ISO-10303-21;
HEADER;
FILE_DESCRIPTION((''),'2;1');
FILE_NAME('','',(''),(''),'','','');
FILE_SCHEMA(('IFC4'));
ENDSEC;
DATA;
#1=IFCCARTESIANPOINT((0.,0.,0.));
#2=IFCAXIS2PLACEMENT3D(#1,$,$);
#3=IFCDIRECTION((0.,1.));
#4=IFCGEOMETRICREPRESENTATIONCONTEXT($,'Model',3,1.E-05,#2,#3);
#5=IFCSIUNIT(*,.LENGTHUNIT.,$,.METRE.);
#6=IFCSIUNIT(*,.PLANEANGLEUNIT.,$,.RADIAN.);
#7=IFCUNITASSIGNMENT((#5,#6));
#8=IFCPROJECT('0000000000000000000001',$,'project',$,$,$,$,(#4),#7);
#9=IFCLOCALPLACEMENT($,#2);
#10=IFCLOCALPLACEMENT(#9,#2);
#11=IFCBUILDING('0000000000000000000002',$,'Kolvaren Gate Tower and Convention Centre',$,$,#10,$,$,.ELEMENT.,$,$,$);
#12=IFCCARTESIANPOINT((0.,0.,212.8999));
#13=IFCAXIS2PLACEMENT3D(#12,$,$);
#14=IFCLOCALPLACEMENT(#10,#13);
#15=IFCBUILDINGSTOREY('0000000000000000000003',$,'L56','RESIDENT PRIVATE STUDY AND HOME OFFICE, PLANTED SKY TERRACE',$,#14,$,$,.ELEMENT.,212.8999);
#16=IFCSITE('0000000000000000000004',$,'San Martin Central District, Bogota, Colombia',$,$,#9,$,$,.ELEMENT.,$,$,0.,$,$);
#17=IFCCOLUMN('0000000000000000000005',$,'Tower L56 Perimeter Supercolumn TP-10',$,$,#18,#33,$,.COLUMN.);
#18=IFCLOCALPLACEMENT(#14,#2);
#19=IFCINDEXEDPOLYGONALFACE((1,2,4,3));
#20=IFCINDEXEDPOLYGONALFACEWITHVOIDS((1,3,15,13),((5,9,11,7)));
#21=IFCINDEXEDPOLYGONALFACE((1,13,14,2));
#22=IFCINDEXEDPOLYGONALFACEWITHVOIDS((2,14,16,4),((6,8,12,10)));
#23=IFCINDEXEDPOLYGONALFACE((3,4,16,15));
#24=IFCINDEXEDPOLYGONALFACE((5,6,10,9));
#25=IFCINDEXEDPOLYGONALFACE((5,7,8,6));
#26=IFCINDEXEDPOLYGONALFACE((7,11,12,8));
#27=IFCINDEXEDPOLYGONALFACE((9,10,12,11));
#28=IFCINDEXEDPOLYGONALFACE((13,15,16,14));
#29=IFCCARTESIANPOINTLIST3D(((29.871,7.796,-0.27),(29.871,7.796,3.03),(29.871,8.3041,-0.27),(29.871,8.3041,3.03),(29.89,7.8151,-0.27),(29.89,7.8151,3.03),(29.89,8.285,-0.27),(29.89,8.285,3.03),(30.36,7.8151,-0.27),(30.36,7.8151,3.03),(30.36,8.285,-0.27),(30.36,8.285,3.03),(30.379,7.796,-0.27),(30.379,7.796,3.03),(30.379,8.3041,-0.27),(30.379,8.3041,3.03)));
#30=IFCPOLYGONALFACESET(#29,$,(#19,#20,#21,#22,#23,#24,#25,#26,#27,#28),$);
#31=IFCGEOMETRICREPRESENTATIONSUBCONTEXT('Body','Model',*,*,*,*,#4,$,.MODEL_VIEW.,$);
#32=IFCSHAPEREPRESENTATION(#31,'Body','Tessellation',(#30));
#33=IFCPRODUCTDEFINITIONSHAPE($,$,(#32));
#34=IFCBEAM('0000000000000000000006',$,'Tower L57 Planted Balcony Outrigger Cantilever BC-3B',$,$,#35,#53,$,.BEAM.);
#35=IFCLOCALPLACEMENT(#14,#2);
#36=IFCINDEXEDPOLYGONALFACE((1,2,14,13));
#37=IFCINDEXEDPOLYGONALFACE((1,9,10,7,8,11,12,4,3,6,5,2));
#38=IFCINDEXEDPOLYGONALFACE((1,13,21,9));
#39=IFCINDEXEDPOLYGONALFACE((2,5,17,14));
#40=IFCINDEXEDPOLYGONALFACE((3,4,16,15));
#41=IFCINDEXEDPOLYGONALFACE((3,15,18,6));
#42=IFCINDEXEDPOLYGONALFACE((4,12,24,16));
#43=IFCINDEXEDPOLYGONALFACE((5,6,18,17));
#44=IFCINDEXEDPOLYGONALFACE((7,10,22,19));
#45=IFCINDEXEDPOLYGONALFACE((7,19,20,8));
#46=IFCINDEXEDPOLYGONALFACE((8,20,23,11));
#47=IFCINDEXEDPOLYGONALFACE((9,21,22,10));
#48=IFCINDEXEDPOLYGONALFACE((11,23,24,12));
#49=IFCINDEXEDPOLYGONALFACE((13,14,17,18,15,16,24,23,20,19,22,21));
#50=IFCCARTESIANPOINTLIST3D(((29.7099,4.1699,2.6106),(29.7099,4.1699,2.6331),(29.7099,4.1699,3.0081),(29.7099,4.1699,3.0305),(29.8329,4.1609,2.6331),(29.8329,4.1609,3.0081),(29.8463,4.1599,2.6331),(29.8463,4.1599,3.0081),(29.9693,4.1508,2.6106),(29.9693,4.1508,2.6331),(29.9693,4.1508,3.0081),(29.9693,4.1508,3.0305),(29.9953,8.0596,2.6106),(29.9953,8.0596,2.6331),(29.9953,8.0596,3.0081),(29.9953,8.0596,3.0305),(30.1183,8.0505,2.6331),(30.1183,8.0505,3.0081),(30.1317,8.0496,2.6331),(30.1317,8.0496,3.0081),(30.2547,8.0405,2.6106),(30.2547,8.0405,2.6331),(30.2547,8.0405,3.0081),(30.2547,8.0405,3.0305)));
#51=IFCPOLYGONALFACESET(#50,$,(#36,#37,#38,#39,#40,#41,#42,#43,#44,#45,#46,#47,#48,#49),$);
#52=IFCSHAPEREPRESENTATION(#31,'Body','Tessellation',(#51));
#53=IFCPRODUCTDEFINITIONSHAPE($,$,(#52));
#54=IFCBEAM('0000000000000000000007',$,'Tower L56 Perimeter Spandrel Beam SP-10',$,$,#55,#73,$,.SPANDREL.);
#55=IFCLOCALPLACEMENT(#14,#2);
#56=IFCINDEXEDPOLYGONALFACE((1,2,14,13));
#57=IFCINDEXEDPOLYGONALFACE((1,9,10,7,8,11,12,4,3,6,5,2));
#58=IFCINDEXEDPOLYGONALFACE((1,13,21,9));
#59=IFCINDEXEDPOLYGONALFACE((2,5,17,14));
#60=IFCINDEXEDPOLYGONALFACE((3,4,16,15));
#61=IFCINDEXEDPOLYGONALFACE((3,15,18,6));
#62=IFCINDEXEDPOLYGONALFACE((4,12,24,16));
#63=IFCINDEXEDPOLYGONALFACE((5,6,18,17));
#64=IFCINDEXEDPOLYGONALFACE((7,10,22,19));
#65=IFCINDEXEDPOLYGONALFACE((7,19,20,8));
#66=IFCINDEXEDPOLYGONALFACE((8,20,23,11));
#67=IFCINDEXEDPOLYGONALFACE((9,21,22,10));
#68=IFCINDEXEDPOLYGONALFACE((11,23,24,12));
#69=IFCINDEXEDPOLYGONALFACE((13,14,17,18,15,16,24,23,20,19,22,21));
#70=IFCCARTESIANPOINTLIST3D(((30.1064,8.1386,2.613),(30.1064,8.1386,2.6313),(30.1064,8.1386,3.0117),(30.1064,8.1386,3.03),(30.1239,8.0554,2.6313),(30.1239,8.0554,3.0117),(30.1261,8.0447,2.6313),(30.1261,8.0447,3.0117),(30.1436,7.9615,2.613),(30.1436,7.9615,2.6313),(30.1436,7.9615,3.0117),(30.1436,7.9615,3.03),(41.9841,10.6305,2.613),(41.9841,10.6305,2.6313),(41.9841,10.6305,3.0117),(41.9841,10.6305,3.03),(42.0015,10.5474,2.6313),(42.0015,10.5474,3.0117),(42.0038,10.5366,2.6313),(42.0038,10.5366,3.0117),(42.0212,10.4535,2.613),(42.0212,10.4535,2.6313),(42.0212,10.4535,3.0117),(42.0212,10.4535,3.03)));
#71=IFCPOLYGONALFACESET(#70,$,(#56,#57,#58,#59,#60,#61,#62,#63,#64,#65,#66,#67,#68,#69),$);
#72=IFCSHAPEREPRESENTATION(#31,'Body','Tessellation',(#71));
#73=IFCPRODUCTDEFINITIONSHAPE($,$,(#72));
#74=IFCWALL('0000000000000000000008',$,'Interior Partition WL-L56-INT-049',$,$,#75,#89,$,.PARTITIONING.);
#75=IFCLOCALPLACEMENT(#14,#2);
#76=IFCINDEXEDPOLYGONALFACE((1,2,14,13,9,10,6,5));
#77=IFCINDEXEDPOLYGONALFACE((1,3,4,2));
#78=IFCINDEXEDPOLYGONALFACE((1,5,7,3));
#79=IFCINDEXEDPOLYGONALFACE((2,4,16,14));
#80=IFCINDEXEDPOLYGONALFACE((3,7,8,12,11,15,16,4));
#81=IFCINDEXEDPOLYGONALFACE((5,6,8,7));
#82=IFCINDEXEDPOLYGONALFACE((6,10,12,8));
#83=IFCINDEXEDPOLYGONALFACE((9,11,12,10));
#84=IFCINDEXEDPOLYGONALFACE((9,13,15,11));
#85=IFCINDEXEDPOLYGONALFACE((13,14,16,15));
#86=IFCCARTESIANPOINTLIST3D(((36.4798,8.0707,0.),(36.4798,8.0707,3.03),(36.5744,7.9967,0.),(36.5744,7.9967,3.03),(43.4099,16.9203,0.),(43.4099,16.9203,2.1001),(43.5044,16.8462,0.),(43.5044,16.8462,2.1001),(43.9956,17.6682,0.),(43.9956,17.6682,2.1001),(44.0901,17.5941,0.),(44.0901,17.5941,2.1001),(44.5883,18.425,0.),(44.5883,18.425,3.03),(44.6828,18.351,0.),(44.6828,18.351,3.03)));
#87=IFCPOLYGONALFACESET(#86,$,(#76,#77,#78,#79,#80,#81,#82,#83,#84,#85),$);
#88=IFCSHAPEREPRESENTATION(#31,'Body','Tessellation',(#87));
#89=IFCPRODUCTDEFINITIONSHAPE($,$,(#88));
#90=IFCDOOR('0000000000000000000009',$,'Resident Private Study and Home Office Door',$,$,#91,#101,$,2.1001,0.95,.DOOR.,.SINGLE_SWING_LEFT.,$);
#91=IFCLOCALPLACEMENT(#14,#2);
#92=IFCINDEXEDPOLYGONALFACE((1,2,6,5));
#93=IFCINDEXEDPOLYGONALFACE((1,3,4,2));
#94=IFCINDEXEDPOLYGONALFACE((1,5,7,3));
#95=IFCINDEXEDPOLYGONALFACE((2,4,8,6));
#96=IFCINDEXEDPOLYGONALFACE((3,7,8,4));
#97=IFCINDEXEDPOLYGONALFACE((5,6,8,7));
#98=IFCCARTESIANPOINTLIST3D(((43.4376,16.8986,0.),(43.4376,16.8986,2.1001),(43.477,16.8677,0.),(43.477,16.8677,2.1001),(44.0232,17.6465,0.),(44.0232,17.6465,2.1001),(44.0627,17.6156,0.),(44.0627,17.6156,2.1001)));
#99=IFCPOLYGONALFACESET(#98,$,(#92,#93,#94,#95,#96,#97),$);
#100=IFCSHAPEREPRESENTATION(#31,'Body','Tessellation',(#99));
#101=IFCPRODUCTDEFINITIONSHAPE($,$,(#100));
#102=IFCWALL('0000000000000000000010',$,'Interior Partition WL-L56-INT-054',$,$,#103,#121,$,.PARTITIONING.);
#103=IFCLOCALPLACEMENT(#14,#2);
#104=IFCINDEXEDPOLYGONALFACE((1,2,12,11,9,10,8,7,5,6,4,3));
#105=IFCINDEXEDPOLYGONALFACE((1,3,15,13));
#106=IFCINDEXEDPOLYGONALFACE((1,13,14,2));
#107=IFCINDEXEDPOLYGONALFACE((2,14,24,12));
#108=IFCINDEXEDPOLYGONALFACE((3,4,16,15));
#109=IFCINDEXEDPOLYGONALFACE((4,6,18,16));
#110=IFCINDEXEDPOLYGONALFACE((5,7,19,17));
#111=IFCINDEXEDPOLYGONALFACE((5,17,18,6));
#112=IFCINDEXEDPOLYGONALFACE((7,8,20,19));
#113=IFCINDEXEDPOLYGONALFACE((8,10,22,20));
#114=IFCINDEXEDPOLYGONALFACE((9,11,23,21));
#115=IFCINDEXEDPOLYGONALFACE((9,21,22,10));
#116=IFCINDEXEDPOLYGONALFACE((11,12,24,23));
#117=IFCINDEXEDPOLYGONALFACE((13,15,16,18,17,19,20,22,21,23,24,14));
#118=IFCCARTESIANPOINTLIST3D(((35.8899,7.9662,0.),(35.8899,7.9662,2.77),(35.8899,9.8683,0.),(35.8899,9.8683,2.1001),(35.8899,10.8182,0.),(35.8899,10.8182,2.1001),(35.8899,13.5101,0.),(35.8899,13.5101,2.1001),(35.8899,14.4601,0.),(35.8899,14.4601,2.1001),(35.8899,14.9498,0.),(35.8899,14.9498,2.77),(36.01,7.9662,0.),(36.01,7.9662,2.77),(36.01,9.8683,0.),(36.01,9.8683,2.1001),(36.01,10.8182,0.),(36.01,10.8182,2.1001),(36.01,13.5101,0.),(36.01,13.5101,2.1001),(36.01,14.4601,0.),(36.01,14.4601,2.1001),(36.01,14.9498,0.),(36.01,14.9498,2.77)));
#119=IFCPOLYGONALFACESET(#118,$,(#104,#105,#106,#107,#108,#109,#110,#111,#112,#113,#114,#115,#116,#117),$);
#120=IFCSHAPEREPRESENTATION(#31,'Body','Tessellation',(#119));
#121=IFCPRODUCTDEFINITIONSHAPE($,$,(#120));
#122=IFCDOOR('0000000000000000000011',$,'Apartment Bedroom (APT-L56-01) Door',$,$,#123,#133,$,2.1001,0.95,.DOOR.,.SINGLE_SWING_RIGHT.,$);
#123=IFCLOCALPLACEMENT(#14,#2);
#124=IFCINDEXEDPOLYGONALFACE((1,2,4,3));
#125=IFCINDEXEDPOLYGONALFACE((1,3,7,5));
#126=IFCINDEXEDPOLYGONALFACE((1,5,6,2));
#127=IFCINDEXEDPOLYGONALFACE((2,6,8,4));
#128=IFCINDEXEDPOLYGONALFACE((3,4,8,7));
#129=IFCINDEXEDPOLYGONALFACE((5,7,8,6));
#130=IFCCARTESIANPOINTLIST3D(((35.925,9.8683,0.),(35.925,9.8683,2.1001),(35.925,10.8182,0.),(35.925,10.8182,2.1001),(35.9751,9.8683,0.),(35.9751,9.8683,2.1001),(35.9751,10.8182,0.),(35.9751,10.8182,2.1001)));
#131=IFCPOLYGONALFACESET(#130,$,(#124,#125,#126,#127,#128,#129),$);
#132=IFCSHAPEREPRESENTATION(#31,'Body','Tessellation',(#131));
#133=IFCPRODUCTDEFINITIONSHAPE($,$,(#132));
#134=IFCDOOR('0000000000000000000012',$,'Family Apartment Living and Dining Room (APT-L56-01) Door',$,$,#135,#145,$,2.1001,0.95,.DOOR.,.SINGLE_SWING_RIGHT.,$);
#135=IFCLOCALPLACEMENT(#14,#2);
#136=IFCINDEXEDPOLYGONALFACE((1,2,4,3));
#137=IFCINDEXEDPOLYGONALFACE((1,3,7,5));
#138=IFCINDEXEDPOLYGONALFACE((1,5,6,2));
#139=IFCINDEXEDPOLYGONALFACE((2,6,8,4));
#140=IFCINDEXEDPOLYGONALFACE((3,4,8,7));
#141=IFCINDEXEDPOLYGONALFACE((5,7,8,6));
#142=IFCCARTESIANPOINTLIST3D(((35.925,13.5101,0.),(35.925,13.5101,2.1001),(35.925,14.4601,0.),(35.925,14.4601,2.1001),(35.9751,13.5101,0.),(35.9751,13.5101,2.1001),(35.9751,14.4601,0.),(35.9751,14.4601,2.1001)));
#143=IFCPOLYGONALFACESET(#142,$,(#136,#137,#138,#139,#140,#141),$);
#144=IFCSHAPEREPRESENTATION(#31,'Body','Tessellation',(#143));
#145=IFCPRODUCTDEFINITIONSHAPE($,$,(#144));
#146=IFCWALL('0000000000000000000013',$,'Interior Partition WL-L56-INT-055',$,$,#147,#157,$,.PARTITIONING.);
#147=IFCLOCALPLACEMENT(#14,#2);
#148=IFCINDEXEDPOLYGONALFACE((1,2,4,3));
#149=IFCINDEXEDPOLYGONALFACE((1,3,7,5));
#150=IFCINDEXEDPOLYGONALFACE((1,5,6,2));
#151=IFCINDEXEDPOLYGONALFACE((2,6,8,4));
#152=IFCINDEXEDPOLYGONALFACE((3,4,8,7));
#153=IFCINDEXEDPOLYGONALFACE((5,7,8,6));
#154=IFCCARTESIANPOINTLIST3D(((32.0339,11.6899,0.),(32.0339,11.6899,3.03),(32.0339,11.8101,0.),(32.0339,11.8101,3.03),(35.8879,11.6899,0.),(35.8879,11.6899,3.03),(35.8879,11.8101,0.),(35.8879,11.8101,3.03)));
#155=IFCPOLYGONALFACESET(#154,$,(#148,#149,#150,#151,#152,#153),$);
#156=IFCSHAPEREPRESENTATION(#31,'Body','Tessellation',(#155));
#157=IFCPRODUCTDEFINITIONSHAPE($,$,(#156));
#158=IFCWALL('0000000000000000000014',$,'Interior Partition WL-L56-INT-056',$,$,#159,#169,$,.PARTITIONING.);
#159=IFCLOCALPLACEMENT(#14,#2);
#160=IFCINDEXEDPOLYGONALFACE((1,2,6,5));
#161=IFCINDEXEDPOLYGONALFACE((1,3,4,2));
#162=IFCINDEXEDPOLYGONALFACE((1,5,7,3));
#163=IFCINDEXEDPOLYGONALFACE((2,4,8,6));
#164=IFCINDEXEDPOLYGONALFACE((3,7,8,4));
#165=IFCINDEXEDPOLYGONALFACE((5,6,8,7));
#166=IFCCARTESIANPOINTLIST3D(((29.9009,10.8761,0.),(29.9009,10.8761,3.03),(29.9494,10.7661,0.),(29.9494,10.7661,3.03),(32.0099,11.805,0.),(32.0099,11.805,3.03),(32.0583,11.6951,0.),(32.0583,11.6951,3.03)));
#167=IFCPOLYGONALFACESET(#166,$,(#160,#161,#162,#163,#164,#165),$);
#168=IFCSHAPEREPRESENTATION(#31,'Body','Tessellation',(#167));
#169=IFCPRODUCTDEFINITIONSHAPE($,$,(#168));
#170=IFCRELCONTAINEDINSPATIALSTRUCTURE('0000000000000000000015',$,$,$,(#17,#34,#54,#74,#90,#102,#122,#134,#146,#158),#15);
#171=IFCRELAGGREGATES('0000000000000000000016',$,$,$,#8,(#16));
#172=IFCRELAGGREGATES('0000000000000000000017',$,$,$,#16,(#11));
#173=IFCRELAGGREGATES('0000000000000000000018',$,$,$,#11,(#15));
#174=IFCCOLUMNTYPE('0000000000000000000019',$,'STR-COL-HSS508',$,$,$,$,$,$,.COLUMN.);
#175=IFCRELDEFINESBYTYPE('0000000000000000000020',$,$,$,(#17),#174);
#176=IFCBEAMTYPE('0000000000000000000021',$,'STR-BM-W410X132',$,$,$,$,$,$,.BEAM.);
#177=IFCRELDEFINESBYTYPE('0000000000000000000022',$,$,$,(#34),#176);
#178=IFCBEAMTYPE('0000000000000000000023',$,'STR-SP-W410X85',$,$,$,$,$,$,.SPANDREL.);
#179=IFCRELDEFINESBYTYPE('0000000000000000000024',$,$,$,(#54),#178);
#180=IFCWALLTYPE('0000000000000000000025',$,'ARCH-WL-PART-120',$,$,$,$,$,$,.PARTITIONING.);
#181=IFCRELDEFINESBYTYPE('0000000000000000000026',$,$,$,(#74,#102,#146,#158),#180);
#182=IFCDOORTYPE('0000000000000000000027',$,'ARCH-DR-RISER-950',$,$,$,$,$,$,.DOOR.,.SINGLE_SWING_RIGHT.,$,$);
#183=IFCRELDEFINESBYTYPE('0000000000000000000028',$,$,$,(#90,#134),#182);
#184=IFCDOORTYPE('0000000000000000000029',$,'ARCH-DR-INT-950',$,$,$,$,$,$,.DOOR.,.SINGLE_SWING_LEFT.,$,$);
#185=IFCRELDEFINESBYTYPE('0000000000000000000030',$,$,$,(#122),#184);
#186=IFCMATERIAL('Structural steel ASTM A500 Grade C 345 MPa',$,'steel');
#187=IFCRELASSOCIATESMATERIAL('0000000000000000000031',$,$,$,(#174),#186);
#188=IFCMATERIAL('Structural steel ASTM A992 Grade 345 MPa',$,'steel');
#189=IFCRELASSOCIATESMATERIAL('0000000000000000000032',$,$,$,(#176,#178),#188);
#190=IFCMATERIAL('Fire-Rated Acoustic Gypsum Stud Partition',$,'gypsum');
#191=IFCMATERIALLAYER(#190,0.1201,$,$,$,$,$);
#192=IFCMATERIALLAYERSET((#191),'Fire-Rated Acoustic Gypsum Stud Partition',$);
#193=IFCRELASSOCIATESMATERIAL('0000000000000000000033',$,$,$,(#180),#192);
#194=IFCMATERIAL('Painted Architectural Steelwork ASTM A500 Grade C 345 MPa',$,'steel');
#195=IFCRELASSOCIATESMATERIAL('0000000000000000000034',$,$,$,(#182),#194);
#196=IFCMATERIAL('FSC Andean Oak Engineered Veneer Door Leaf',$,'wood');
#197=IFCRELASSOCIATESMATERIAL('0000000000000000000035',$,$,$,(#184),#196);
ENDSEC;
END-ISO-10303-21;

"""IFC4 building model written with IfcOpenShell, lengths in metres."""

from ifc_helpers import new_model, si_unit, direction, frame, frame_2d, origin, origin_2d, place, context, subcontext, project, spatial, rectangle, hollow_rectangle, i_section, extrude, material, layer, layer_set, material_profile, profile_set, type_object, element, fill, save


model = new_model("IFC4")

# Units and contexts
model_context = context("Model", 3, precision=1e-05, world=origin(), true_north=direction((0.0, 1.0)))
body_context = subcontext(model_context, "Body", "Model", "MODEL_VIEW")
ifc_project = project(units=[si_unit("LENGTHUNIT", "METRE"), si_unit("PLANEANGLEUNIT", "RADIAN")], contexts=[model_context])

# Site, building, storey
site_placement = place(None, origin())
site = spatial("IfcSite", under=ifc_project, at=site_placement, Name="San Martin Central District, Bogota, Colombia", CompositionType="ELEMENT", RefElevation=0.0)
building_placement = place(site_placement, origin())
building = spatial("IfcBuilding", under=site, at=building_placement, Name="Kolvaren Gate Tower and Convention Centre", CompositionType="ELEMENT")
storey_placement = place(building_placement, frame((0.0, 0.0, 212.8999)))
storey = spatial("IfcBuildingStorey", under=building, at=storey_placement, Name="L56", Description="RESIDENT PRIVATE STUDY AND HOME OFFICE, PLANTED SKY TERRACE", CompositionType="ELEMENT", Elevation=212.8999)

# Column
ifc_material_1 = material(Name="Structural steel ASTM A500 Grade C 345 MPa", Category="steel")
ifc_material_profile_1 = material_profile(ifc_material_1, hollow_rectangle(XDim=0.5081, YDim=0.5081, WallThickness=0.019, at=origin_2d()), Name="HSS508X508X19.1")
ifc_profile_set_1 = profile_set([ifc_material_profile_1], Name="Structural steel ASTM A500 Grade C 345 MPa")
column_type = type_object("IfcColumnType", Name="STR-COL-HSS508", PredefinedType="COLUMN", material=ifc_profile_set_1)
column_placement = place(storey_placement, frame((30.125, 8.05, -0.27), z_axis=(0.0, 0.0, 1.0), x_axis=(1.0, 0.0, 0.0)))
element("IfcColumn", 1, at=column_placement, inside=storey, type_object=column_type, Name="Tower L56 Perimeter Supercolumn TP-10", PredefinedType="COLUMN", context=body_context, shape_type="SweptSolid", body=[
    extrude(hollow_rectangle(XDim=0.5081, YDim=0.5081, WallThickness=0.019, at=origin_2d()), origin(), (0.0, 0.0, 1.0), 3.3),
])

# Beams
ifc_material_2 = material(Name="Structural steel ASTM A992 Grade 345 MPa", Category="steel")
ifc_material_profile_2 = material_profile(ifc_material_2, i_section(OverallWidth=0.26, OverallDepth=0.4199, WebThickness=0.0134, FlangeThickness=0.0225, at=origin_2d()), Name="W410X132")
ifc_profile_set_2 = profile_set([ifc_material_profile_2], Name="Structural steel ASTM A992 Grade 345 MPa")
beam_type_1 = type_object("IfcBeamType", Name="STR-BM-W410X132", PredefinedType="BEAM", material=ifc_profile_set_2)
beam_1_placement = place(storey_placement, frame((30.125, 8.05, 2.8206), z_axis=(-0.073178, -0.997319, 0.0), x_axis=(0.997319, -0.073178, 0.0)))
element("IfcBeam", 2, at=beam_1_placement, inside=storey, type_object=beam_type_1, Name="Tower L57 Planted Balcony Outrigger Cantilever BC-3B", PredefinedType="BEAM", context=body_context, shape_type="SweptSolid", body=[
    extrude(i_section(OverallWidth=0.26, OverallDepth=0.4199, WebThickness=0.0134, FlangeThickness=0.0225, at=origin_2d()), origin(), (0.0, 0.0, 1.0), 3.9001),
])
ifc_material_profile_3 = material_profile(ifc_material_2, i_section(OverallWidth=0.1809, OverallDepth=0.417, WebThickness=0.011, FlangeThickness=0.0183, at=origin_2d()), Name="W410X85")
ifc_profile_set_3 = profile_set([ifc_material_profile_3], Name="Structural steel ASTM A992 Grade 345 MPa")
beam_type_2 = type_object("IfcBeamType", Name="STR-SP-W410X85", PredefinedType="SPANDREL", material=ifc_profile_set_3)
beam_2_placement = place(storey_placement, frame((30.125, 8.05, 2.8215), z_axis=(0.978693, 0.20533, 0.0), x_axis=(-0.20533, 0.978693, 0.0)))
element("IfcBeam", 3, at=beam_2_placement, inside=storey, type_object=beam_type_2, Name="Tower L56 Perimeter Spandrel Beam SP-10", PredefinedType="SPANDREL", context=body_context, shape_type="SweptSolid", body=[
    extrude(i_section(OverallWidth=0.1809, OverallDepth=0.417, WebThickness=0.011, FlangeThickness=0.0183, at=origin_2d()), origin(), (0.0, 0.0, 1.0), 12.1362),
])

# Wall, opening, door
ifc_material_3 = material(Name="Fire-Rated Acoustic Gypsum Stud Partition", Category="gypsum")
ifc_layer_1 = layer(ifc_material_3, 0.1201)
ifc_layer_set_1 = layer_set([ifc_layer_1], Name="Fire-Rated Acoustic Gypsum Stud Partition")
wall_type_1 = type_object("IfcWallType", Name="ARCH-WL-PART-120", PredefinedType="PARTITIONING", material=ifc_layer_set_1)
wall_1_placement = place(storey_placement, frame((36.5271, 8.0337, 0.0), z_axis=(0.0, 0.0, 1.0), x_axis=(0.616547, 0.787318, 0.0)))
wall_1 = element("IfcWall", 4, at=wall_1_placement, inside=storey, type_object=wall_type_1, Name="Interior Partition WL-L56-INT-049", PredefinedType="PARTITIONING", context=body_context, shape_type="SweptSolid", body=[
    extrude(rectangle(XDim=13.1514, YDim=0.1201, at=frame_2d((6.5757, 0.0))), origin(), (0.0, 0.0, 1.0), 3.03),
])
opening_1_placement = place(wall_1_placement, frame((11.24, 0.0, 0.0)))
opening_1 = element("IfcOpeningElement", 5, at=opening_1_placement, cuts=wall_1, PredefinedType="OPENING", context=body_context, shape_type="SweptSolid", body=[
    extrude(rectangle(XDim=0.95, YDim=2.1001, at=frame_2d((0.4751, 1.05))), frame((0.0, 0.0701, 0.0), z_axis=(0.0, -1.0, 0.0), x_axis=(1.0, 0.0, 0.0)), (0.0, 0.0, 1.0), 0.1401),
])
ifc_material_4 = material(Name="Painted Architectural Steelwork ASTM A500 Grade C 345 MPa", Category="steel")
door_type_1 = type_object("IfcDoorType", Name="ARCH-DR-RISER-950", OperationType="SINGLE_SWING_RIGHT", PredefinedType="DOOR", material=ifc_material_4)
door_1_placement = place(opening_1_placement, origin())
door_1 = element("IfcDoor", 6, at=door_1_placement, inside=storey, type_object=door_type_1, Name="Resident Private Study and Home Office Door", OperationType="SINGLE_SWING_LEFT", OverallHeight=2.1001, OverallWidth=0.95, PredefinedType="DOOR", context=body_context, shape_type="SweptSolid", body=[
    extrude(rectangle(XDim=0.95, YDim=2.1001, at=frame_2d((0.4751, 1.05))), frame((0.0, 0.0249, 0.0), z_axis=(0.0, -1.0, 0.0), x_axis=(1.0, 0.0, 0.0)), (0.0, 0.0, 1.0), 0.05),
])
fill(opening_1, door_1)

# Wall, openings, doors
wall_2_placement = place(storey_placement, frame((35.95, 7.9663, 0.0), z_axis=(0.0, 0.0, 1.0), x_axis=(0.0, 1.0, 0.0)))
wall_2 = element("IfcWall", 7, at=wall_2_placement, inside=storey, type_object=wall_type_1, Name="Interior Partition WL-L56-INT-054", PredefinedType="PARTITIONING", context=body_context, shape_type="SweptSolid", body=[
    extrude(rectangle(XDim=6.9836, YDim=0.1201, at=frame_2d((3.4917, 0.0))), origin(), (0.0, 0.0, 1.0), 2.77),
])
opening_2_placement = place(wall_2_placement, frame((5.5437, 0.0, 0.0)))
opening_2 = element("IfcOpeningElement", 8, at=opening_2_placement, cuts=wall_2, PredefinedType="OPENING", context=body_context, shape_type="SweptSolid", body=[
    extrude(rectangle(XDim=0.95, YDim=2.1001, at=frame_2d((0.4751, 1.05))), frame((0.0, 0.0701, 0.0), z_axis=(0.0, -1.0, 0.0), x_axis=(1.0, 0.0, 0.0)), (0.0, 0.0, 1.0), 0.1401),
])
opening_3_placement = place(wall_2_placement, frame((1.9019, 0.0, 0.0)))
opening_3 = element("IfcOpeningElement", 9, at=opening_3_placement, cuts=wall_2, PredefinedType="OPENING", context=body_context, shape_type="SweptSolid", body=[
    extrude(rectangle(XDim=0.95, YDim=2.1001, at=frame_2d((0.4751, 1.05))), frame((0.0, 0.0701, 0.0), z_axis=(0.0, -1.0, 0.0), x_axis=(1.0, 0.0, 0.0)), (0.0, 0.0, 1.0), 0.1401),
])
ifc_material_5 = material(Name="FSC Andean Oak Engineered Veneer Door Leaf", Category="wood")
door_type_2 = type_object("IfcDoorType", Name="ARCH-DR-INT-950", OperationType="SINGLE_SWING_LEFT", PredefinedType="DOOR", material=ifc_material_5)
door_2_placement = place(opening_3_placement, origin())
door_2 = element("IfcDoor", 10, at=door_2_placement, inside=storey, type_object=door_type_2, Name="Apartment Bedroom (APT-L56-01) Door", OperationType="SINGLE_SWING_RIGHT", OverallHeight=2.1001, OverallWidth=0.95, PredefinedType="DOOR", context=body_context, shape_type="SweptSolid", body=[
    extrude(rectangle(XDim=0.95, YDim=2.1001, at=frame_2d((0.4751, 1.05))), frame((0.0, 0.0249, 0.0), z_axis=(0.0, -1.0, 0.0), x_axis=(1.0, 0.0, 0.0)), (0.0, 0.0, 1.0), 0.05),
])
fill(opening_3, door_2)
door_3_placement = place(opening_2_placement, origin())
door_3 = element("IfcDoor", 11, at=door_3_placement, inside=storey, type_object=door_type_1, Name="Family Apartment Living and Dining Room (APT-L56-01) Door", OperationType="SINGLE_SWING_RIGHT", OverallHeight=2.1001, OverallWidth=0.95, PredefinedType="DOOR", context=body_context, shape_type="SweptSolid", body=[
    extrude(rectangle(XDim=0.95, YDim=2.1001, at=frame_2d((0.4751, 1.05))), frame((0.0, 0.0249, 0.0), z_axis=(0.0, -1.0, 0.0), x_axis=(1.0, 0.0, 0.0)), (0.0, 0.0, 1.0), 0.05),
])
fill(opening_2, door_3)

# Walls
wall_3_placement = place(storey_placement, frame((32.0339, 11.75, 0.0), z_axis=(0.0, 0.0, 1.0), x_axis=(1.0, 0.0, 0.0)))
element("IfcWall", 12, at=wall_3_placement, inside=storey, type_object=wall_type_1, Name="Interior Partition WL-L56-INT-055", PredefinedType="PARTITIONING", context=body_context, shape_type="SweptSolid", body=[
    extrude(rectangle(XDim=3.854, YDim=0.1201, at=frame_2d((1.927, 0.0))), origin(), (0.0, 0.0, 1.0), 3.03),
])
wall_4_placement = place(storey_placement, frame((29.925, 10.821, 0.0), z_axis=(0.0, 0.0, 1.0), x_axis=(0.915148, 0.403118, 0.0)))
element("IfcWall", 13, at=wall_4_placement, inside=storey, type_object=wall_type_1, Name="Interior Partition WL-L56-INT-056", PredefinedType="PARTITIONING", context=body_context, shape_type="SweptSolid", body=[
    extrude(rectangle(XDim=2.3044, YDim=0.1201, at=frame_2d((1.1523, 0.0))), origin(), (0.0, 0.0, 1.0), 3.03),
])

save(model, "model.ifc")
